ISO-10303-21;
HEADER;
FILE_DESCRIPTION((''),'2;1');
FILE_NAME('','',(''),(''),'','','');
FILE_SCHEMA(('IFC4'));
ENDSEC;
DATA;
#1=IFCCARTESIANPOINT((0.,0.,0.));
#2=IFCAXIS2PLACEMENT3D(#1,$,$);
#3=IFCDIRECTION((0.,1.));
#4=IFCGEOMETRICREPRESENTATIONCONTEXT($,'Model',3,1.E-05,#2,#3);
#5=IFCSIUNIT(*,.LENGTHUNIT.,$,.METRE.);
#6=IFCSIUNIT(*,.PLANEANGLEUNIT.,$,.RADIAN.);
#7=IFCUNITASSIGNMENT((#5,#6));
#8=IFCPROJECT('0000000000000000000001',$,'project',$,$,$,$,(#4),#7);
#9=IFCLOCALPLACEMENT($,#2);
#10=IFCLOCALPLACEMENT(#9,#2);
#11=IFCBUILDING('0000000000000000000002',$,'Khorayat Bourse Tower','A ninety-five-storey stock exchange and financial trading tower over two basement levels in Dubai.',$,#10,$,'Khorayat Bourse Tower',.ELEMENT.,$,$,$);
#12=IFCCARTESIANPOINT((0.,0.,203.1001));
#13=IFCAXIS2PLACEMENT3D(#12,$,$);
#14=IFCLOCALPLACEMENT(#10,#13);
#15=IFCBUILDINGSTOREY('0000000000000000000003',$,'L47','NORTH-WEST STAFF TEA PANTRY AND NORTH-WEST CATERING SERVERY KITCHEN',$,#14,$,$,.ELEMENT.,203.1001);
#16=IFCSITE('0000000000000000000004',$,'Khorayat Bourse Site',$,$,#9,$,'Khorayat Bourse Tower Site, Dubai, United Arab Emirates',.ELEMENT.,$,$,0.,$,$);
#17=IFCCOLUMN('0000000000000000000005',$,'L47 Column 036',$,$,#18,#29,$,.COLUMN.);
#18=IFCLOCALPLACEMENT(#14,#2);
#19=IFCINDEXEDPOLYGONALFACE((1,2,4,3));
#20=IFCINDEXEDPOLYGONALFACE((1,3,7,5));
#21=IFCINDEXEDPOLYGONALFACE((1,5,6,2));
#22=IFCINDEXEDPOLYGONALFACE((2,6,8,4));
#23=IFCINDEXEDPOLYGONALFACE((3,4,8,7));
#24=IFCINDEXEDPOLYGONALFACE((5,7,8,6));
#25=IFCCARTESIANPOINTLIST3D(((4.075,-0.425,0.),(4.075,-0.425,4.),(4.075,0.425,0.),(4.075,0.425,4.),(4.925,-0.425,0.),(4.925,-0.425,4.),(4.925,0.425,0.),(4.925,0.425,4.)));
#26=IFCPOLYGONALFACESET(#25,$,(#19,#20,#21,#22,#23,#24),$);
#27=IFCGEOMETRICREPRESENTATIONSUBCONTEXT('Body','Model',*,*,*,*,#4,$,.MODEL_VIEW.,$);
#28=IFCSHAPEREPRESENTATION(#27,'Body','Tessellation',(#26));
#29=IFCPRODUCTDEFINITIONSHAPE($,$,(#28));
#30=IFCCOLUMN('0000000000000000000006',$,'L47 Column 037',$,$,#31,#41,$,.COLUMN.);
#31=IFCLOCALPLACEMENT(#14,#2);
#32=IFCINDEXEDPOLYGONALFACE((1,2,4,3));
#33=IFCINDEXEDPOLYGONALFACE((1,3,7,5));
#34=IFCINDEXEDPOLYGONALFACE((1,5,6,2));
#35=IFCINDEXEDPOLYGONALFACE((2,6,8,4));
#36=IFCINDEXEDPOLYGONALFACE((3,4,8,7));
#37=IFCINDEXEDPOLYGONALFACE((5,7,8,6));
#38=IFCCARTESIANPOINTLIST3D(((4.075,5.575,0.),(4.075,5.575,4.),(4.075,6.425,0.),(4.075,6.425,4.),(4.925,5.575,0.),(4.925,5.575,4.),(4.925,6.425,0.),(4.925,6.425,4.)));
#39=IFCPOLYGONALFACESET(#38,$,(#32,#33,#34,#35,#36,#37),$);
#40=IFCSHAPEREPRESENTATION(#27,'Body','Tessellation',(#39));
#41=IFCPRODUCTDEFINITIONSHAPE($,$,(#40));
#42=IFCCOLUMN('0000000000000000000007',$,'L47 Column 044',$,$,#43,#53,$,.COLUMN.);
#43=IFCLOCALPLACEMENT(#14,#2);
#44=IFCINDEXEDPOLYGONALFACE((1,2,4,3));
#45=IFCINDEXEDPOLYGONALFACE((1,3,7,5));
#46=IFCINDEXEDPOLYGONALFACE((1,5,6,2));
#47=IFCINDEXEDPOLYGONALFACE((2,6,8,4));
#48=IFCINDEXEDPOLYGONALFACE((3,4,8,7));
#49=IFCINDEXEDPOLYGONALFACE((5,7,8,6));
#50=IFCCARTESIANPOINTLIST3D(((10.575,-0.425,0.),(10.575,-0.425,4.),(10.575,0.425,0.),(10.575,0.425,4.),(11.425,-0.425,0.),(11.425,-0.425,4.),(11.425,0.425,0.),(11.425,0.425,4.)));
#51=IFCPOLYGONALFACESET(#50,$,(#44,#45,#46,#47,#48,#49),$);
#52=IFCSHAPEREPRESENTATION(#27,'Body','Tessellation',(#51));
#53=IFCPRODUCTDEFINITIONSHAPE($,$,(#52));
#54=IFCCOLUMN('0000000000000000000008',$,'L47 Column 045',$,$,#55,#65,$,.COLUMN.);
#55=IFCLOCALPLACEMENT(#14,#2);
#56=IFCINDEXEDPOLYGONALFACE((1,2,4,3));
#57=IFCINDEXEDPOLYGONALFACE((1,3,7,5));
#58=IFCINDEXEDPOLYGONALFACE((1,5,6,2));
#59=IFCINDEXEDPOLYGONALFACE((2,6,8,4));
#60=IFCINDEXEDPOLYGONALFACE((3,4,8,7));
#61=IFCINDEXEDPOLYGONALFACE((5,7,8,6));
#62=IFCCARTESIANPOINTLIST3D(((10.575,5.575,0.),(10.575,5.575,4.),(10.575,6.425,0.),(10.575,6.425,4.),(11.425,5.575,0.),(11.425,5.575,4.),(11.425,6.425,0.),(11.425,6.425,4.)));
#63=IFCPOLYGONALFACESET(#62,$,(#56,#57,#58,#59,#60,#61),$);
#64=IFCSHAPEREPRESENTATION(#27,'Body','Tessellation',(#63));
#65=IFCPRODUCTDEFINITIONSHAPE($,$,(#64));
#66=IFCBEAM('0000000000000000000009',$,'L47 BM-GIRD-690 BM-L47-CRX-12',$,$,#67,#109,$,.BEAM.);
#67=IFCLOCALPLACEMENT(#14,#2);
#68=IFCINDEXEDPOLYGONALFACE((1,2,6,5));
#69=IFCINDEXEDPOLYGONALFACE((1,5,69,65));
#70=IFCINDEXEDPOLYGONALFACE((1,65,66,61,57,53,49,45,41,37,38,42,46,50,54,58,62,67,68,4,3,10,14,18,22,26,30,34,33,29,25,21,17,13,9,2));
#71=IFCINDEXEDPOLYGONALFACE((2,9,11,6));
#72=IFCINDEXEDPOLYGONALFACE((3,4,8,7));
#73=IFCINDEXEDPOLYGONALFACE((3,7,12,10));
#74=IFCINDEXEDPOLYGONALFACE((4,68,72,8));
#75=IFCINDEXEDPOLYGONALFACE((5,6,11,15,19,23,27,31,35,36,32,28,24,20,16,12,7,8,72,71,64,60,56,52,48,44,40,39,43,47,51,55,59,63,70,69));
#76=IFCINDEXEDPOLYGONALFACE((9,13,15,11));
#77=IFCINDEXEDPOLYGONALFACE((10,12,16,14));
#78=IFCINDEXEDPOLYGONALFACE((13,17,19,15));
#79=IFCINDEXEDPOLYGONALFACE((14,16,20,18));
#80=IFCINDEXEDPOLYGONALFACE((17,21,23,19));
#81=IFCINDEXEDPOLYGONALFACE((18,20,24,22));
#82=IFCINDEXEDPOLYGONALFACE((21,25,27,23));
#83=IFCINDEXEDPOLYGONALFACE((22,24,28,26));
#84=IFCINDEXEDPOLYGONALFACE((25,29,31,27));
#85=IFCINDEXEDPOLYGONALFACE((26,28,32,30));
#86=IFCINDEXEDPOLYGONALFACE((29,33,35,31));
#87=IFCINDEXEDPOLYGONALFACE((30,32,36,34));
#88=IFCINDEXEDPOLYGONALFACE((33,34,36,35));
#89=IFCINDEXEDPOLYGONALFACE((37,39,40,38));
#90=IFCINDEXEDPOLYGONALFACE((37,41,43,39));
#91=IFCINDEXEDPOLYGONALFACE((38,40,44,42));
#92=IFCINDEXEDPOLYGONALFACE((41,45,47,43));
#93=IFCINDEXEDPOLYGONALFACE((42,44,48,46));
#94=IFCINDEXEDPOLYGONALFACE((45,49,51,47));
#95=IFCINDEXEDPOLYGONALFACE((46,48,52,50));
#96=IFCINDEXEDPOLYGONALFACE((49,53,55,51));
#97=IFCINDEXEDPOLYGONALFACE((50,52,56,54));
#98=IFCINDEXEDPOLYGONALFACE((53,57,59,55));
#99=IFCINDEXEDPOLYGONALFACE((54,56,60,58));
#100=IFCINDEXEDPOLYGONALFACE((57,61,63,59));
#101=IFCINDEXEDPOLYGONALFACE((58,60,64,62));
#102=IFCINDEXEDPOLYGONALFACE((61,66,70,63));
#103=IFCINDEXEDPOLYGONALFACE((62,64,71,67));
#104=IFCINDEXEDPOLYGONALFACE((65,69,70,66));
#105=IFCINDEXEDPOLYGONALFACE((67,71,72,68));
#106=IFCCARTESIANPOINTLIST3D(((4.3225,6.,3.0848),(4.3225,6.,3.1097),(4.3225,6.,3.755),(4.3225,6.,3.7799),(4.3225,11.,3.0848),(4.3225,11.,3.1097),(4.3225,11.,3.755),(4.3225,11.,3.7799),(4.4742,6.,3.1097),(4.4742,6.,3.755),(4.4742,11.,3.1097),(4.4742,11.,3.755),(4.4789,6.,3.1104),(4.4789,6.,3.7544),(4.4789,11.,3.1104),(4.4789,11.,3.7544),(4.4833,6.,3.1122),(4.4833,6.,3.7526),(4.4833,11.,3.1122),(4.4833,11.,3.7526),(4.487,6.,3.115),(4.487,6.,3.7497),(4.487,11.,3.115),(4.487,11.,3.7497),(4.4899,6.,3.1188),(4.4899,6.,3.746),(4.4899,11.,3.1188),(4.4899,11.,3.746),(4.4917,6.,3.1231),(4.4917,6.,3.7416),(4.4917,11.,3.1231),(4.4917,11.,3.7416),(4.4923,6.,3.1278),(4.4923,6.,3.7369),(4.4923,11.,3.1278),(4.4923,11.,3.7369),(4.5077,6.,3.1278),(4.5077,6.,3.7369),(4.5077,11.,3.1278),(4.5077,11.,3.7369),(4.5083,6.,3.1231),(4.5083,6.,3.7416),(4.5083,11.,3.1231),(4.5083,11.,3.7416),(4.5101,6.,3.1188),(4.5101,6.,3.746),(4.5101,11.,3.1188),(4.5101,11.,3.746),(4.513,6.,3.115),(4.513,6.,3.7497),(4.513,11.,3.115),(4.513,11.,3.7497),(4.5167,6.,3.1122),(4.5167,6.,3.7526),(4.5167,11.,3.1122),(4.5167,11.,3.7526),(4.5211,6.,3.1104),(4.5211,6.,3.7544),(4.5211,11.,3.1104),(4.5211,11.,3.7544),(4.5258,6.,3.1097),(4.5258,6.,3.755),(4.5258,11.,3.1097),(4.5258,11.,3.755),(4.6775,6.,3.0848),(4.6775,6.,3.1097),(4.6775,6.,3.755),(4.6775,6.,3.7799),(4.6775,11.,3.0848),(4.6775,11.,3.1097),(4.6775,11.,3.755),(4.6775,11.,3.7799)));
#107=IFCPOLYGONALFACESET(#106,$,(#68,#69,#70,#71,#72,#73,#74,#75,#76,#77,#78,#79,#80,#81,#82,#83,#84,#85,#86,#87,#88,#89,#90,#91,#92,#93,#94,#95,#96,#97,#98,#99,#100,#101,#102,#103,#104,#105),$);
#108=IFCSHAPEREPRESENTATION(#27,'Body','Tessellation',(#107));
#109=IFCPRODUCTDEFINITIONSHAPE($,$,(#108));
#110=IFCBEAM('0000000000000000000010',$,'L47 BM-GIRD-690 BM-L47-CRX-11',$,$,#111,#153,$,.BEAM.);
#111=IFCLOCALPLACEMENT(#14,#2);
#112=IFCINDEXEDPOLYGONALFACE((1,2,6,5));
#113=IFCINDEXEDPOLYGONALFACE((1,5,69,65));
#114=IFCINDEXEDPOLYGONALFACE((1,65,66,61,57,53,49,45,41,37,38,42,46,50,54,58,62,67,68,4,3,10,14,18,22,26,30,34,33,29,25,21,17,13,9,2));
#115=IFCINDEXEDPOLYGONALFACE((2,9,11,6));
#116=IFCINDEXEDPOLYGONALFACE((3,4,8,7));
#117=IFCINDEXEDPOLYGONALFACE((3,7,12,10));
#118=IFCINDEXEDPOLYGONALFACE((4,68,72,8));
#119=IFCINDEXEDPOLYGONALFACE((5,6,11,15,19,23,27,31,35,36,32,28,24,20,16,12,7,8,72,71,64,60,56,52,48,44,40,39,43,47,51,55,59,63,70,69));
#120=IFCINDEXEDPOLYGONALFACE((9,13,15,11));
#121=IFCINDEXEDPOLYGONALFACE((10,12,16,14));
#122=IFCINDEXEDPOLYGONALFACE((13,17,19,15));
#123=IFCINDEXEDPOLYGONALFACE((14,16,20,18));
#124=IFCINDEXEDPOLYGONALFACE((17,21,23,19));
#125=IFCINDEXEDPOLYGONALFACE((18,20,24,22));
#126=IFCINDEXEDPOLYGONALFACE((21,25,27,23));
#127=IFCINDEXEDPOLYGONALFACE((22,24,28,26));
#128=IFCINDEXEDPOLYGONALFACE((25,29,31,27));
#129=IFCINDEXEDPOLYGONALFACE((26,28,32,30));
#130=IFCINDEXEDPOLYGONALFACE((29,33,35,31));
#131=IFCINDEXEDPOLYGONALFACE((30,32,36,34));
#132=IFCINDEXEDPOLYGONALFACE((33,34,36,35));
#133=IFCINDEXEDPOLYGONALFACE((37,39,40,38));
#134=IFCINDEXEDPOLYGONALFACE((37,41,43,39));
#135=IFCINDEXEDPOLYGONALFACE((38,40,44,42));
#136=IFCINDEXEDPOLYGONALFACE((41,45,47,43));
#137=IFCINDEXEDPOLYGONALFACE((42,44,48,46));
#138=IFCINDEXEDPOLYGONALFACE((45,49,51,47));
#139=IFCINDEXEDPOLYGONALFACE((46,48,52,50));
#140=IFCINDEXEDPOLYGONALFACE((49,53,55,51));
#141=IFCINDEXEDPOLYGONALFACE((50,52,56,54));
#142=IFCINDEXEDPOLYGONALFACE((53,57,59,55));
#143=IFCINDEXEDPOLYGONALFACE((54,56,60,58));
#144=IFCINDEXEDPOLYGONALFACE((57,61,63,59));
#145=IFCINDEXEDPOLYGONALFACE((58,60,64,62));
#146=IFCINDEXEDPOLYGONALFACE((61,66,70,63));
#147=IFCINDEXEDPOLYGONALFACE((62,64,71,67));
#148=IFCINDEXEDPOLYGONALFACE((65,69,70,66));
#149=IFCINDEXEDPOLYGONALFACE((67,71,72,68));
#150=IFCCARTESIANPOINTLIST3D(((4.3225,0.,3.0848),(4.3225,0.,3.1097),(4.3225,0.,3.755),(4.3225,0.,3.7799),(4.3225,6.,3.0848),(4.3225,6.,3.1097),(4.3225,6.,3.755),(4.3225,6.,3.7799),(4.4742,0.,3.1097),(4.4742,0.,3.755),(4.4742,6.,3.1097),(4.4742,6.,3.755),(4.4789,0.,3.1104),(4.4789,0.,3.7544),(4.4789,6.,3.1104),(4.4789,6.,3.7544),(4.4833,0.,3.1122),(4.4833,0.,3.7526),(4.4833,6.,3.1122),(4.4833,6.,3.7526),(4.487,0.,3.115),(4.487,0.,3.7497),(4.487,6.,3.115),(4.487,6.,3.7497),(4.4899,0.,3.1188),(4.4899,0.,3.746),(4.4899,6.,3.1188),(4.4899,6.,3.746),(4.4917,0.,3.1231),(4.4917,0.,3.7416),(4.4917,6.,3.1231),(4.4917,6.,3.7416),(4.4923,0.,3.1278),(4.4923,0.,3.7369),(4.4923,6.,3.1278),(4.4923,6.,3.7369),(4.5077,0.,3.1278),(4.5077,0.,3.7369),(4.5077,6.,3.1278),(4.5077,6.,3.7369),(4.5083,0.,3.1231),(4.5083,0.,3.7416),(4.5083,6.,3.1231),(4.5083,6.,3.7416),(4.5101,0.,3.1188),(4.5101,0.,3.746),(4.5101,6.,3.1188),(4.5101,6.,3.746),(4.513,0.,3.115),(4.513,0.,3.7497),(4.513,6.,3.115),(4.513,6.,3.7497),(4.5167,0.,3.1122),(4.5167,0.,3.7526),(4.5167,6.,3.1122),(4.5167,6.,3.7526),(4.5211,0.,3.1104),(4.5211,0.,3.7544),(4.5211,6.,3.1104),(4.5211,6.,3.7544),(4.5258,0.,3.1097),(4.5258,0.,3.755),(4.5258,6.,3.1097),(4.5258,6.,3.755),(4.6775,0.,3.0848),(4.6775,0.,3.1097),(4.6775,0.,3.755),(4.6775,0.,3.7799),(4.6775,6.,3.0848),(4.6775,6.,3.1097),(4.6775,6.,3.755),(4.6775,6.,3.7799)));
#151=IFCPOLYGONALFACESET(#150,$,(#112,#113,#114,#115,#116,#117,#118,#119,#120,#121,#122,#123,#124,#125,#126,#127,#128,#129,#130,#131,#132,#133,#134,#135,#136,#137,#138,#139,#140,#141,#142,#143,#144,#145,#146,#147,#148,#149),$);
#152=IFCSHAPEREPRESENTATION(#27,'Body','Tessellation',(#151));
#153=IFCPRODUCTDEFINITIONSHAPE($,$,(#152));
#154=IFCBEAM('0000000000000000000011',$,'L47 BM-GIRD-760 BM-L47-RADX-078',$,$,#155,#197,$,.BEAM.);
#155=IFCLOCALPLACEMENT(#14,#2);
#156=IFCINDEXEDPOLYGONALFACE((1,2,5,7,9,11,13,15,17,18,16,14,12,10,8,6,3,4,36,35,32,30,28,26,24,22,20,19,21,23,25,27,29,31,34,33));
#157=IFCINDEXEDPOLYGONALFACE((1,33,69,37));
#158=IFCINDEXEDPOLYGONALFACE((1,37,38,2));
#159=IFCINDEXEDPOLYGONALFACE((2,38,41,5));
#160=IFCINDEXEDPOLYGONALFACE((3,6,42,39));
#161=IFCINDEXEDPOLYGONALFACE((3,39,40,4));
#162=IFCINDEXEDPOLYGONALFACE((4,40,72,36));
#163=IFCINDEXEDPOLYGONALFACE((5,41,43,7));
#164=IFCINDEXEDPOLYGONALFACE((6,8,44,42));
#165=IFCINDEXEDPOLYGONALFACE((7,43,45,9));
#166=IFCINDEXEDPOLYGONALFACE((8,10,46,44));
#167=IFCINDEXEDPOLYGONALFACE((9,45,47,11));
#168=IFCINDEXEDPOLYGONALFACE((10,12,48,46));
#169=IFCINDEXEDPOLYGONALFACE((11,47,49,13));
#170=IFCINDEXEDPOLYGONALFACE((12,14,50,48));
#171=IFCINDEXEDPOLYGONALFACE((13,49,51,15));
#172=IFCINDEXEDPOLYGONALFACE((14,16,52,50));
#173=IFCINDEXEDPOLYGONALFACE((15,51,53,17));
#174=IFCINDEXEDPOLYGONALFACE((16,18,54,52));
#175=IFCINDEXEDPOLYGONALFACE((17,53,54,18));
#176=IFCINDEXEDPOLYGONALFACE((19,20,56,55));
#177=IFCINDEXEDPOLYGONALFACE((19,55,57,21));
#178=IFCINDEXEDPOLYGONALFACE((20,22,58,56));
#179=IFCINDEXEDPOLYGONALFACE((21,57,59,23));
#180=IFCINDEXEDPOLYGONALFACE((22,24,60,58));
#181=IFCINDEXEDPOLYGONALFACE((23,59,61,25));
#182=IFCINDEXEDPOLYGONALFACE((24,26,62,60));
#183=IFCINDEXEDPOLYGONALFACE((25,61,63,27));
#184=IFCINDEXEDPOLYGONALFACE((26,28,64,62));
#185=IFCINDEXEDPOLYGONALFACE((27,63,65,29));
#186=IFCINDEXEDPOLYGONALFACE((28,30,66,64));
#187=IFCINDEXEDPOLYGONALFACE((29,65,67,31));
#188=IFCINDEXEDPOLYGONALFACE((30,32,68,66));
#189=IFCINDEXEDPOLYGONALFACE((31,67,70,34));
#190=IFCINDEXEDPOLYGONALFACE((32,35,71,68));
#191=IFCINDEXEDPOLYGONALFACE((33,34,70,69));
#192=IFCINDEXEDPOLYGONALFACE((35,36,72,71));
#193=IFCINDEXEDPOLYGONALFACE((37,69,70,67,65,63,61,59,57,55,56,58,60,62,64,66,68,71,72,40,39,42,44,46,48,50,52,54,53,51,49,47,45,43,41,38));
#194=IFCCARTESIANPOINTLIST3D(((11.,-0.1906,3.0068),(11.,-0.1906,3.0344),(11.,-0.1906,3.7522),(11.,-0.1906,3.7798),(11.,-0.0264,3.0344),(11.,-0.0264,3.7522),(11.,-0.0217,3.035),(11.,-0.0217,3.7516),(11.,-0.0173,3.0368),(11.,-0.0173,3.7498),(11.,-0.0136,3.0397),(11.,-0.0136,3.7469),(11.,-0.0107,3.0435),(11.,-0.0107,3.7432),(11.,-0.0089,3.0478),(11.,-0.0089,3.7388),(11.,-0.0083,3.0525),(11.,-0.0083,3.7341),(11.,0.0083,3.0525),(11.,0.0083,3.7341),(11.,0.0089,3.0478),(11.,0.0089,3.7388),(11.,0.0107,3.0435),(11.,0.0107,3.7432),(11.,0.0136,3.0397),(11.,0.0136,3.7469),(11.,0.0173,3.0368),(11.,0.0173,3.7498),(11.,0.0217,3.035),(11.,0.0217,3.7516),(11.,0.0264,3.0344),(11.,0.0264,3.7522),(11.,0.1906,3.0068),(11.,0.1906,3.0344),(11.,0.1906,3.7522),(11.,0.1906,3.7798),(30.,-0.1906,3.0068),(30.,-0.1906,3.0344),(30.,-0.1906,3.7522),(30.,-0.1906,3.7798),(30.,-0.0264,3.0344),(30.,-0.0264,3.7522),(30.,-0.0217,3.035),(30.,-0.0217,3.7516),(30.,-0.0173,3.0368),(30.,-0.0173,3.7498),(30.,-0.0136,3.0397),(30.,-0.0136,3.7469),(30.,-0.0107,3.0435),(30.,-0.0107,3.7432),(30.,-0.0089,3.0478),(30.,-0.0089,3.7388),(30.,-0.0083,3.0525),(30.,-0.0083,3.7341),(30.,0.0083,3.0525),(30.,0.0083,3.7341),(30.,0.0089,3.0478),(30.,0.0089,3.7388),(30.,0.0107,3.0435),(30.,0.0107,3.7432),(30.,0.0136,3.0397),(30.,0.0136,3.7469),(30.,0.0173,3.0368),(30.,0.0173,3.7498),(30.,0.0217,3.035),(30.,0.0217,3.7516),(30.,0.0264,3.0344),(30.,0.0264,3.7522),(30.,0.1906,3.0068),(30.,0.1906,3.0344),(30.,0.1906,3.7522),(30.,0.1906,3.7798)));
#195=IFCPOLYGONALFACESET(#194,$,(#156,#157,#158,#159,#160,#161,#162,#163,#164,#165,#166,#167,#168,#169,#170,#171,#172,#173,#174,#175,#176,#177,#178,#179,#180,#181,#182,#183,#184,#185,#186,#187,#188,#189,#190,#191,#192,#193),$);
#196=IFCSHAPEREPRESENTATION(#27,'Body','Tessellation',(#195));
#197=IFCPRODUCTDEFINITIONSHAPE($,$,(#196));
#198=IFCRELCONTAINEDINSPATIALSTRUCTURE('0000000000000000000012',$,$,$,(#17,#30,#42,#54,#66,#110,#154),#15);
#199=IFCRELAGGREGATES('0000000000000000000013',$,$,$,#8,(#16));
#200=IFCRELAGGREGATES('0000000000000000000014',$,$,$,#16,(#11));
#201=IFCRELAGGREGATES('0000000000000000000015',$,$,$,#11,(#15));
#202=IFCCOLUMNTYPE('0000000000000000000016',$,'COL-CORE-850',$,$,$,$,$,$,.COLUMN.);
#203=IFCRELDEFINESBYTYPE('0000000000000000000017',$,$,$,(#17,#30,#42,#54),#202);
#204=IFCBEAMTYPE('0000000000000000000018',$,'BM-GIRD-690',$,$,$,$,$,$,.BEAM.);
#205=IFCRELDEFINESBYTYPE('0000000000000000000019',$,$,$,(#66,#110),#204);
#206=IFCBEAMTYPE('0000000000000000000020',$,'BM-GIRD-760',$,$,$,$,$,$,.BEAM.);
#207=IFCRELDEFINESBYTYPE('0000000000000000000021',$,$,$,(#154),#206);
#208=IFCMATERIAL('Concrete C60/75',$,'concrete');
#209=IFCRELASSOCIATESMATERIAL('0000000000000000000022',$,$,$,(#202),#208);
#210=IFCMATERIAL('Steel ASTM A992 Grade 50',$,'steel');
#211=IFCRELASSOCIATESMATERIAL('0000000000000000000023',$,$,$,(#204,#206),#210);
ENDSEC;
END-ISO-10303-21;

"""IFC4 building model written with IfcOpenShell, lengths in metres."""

from ifc_helpers import new_model, si_unit, direction, frame, origin, origin_2d, place, context, subcontext, project, spatial, rectangle, i_section, extrude, source, transform, mapped, material, material_profile, profile_set, type_object, element, save


model = new_model("IFC4")

# Units and contexts
model_context = context("Model", 3, precision=1e-05, world=origin(), true_north=direction((0.0, 1.0)))
body_context = subcontext(model_context, "Body", "Model", "MODEL_VIEW")
ifc_project = project(units=[si_unit("LENGTHUNIT", "METRE"), si_unit("PLANEANGLEUNIT", "RADIAN")], contexts=[model_context])

# Site, building, storey
site_placement = place(None, origin())
site = spatial("IfcSite", under=ifc_project, at=site_placement, Name="Khorayat Bourse Site", LongName="Khorayat Bourse Tower Site, Dubai, United Arab Emirates", CompositionType="ELEMENT", RefElevation=0.0)
building_placement = place(site_placement, origin())
building = spatial("IfcBuilding", under=site, at=building_placement, Name="Khorayat Bourse Tower", Description="A ninety-five-storey stock exchange and financial trading tower over two basement levels in Dubai.", LongName="Khorayat Bourse Tower", CompositionType="ELEMENT")
storey_placement = place(building_placement, frame((0.0, 0.0, 203.1001)))
storey = spatial("IfcBuildingStorey", under=building, at=storey_placement, Name="L47", Description="NORTH-WEST STAFF TEA PANTRY AND NORTH-WEST CATERING SERVERY KITCHEN", CompositionType="ELEMENT", Elevation=203.1001)

# Columns
ifc_material_1 = material(Name="Concrete C60/75", Category="concrete")
ifc_material_profile_1 = material_profile(ifc_material_1, rectangle(XDim=0.8501, YDim=0.8501, at=origin_2d()), Name="RC 850x850")
ifc_profile_set_1 = profile_set([ifc_material_profile_1], Name="Concrete C60/75")
column_type = type_object("IfcColumnType", Name="COL-CORE-850", PredefinedType="COLUMN", material=ifc_profile_set_1)
shared_shape_1 = source(origin(), body_context, "Body", "SweptSolid", [
    extrude(rectangle(XDim=0.8501, YDim=0.8501, at=origin_2d()), origin(), (0.0, 0.0, 1.0), 4.0),
])
for number, where, z_axis, x_axis, name in (
    (1, (4.5, 0.0, 0.0), (0.0, 0.0, 1.0), (1.0, 0.0, 0.0), "L47 Column 036"),
    (2, (4.5, 6.0, 0.0), (0.0, 0.0, 1.0), (1.0, 0.0, 0.0), "L47 Column 037"),
    (3, (11.0, 0.0, 0.0), (0.0, 0.0, 1.0), (1.0, 0.0, 0.0), "L47 Column 044"),
    (4, (11.0, 6.0, 0.0), (0.0, 0.0, 1.0), (1.0, 0.0, 0.0), "L47 Column 045"),
):
    element("IfcColumn", number, at=place(storey_placement, frame(where, z_axis=z_axis, x_axis=x_axis)), inside=storey, type_object=column_type, Name=name, PredefinedType="COLUMN", context=body_context, shape_type="MappedRepresentation", body=[
        mapped(shared_shape_1, transform((0.0, 0.0, 0.0), scale=1.0)),
    ])

# Beams
ifc_material_2 = material(Name="Steel ASTM A992 Grade 50", Category="steel")
ifc_material_profile_2 = material_profile(ifc_material_2, i_section(OverallWidth=0.355, OverallDepth=0.6951, WebThickness=0.0154, FlangeThickness=0.0249, FilletRadius=0.0181, at=origin_2d()), Name="W690X217")
ifc_profile_set_2 = profile_set([ifc_material_profile_2], Name="Steel ASTM A992 Grade 50")
beam_type_1 = type_object("IfcBeamType", Name="BM-GIRD-690", PredefinedType="BEAM", material=ifc_profile_set_2)
shared_shape_2 = source(origin(), body_context, "Body", "SweptSolid", [
    extrude(i_section(OverallWidth=0.355, OverallDepth=0.6951, WebThickness=0.0154, FlangeThickness=0.0249, FilletRadius=0.0181, at=origin_2d()), origin(), (0.0, 0.0, 1.0), 5.0),
])
beam_1_placement = place(storey_placement, frame((4.5, 6.0, 3.4324), z_axis=(0.0, 1.0, 0.0), x_axis=(-1.0, 0.0, 0.0)))
element("IfcBeam", 5, at=beam_1_placement, inside=storey, type_object=beam_type_1, Name="L47 BM-GIRD-690 BM-L47-CRX-12", PredefinedType="BEAM", context=body_context, shape_type="MappedRepresentation", body=[
    mapped(shared_shape_2, transform((0.0, 0.0, 0.0), scale=1.0)),
])
shared_shape_3 = source(origin(), body_context, "Body", "SweptSolid", [
    extrude(i_section(OverallWidth=0.355, OverallDepth=0.6951, WebThickness=0.0154, FlangeThickness=0.0249, FilletRadius=0.0181, at=origin_2d()), origin(), (0.0, 0.0, 1.0), 6.0),
])
beam_2_placement = place(storey_placement, frame((4.5, 0.0, 3.4324), z_axis=(0.0, 1.0, 0.0), x_axis=(-1.0, 0.0, 0.0)))
element("IfcBeam", 6, at=beam_2_placement, inside=storey, type_object=beam_type_1, Name="L47 BM-GIRD-690 BM-L47-CRX-11", PredefinedType="BEAM", context=body_context, shape_type="MappedRepresentation", body=[
    mapped(shared_shape_3, transform((0.0, 0.0, 0.0), scale=1.0)),
])
ifc_material_profile_3 = material_profile(ifc_material_2, i_section(OverallWidth=0.3811, OverallDepth=0.7729, WebThickness=0.0166, FlangeThickness=0.0276, FilletRadius=0.0181, at=origin_2d()), Name="W760X257")
ifc_profile_set_3 = profile_set([ifc_material_profile_3], Name="Steel ASTM A992 Grade 50")
beam_type_2 = type_object("IfcBeamType", Name="BM-GIRD-760", PredefinedType="BEAM", material=ifc_profile_set_3)
shared_shape_4 = source(origin(), body_context, "Body", "SweptSolid", [
    extrude(i_section(OverallWidth=0.3811, OverallDepth=0.7729, WebThickness=0.0166, FlangeThickness=0.0276, FilletRadius=0.0181, at=origin_2d()), origin(), (0.0, 0.0, 1.0), 19.0),
])
for number, where, z_axis, x_axis, name in (
    (7, (11.0, 0.0, 3.3933), (1.0, 0.0, 0.0), (0.0, 1.0, 0.0), "L47 BM-GIRD-760 BM-L47-RADX-078"),
):
    element("IfcBeam", number, at=place(storey_placement, frame(where, z_axis=z_axis, x_axis=x_axis)), inside=storey, type_object=beam_type_2, Name=name, PredefinedType="BEAM", context=body_context, shape_type="MappedRepresentation", body=[
        mapped(shared_shape_4, transform((0.0, 0.0, 0.0), scale=1.0)),
    ])

save(model, "model.ifc")
